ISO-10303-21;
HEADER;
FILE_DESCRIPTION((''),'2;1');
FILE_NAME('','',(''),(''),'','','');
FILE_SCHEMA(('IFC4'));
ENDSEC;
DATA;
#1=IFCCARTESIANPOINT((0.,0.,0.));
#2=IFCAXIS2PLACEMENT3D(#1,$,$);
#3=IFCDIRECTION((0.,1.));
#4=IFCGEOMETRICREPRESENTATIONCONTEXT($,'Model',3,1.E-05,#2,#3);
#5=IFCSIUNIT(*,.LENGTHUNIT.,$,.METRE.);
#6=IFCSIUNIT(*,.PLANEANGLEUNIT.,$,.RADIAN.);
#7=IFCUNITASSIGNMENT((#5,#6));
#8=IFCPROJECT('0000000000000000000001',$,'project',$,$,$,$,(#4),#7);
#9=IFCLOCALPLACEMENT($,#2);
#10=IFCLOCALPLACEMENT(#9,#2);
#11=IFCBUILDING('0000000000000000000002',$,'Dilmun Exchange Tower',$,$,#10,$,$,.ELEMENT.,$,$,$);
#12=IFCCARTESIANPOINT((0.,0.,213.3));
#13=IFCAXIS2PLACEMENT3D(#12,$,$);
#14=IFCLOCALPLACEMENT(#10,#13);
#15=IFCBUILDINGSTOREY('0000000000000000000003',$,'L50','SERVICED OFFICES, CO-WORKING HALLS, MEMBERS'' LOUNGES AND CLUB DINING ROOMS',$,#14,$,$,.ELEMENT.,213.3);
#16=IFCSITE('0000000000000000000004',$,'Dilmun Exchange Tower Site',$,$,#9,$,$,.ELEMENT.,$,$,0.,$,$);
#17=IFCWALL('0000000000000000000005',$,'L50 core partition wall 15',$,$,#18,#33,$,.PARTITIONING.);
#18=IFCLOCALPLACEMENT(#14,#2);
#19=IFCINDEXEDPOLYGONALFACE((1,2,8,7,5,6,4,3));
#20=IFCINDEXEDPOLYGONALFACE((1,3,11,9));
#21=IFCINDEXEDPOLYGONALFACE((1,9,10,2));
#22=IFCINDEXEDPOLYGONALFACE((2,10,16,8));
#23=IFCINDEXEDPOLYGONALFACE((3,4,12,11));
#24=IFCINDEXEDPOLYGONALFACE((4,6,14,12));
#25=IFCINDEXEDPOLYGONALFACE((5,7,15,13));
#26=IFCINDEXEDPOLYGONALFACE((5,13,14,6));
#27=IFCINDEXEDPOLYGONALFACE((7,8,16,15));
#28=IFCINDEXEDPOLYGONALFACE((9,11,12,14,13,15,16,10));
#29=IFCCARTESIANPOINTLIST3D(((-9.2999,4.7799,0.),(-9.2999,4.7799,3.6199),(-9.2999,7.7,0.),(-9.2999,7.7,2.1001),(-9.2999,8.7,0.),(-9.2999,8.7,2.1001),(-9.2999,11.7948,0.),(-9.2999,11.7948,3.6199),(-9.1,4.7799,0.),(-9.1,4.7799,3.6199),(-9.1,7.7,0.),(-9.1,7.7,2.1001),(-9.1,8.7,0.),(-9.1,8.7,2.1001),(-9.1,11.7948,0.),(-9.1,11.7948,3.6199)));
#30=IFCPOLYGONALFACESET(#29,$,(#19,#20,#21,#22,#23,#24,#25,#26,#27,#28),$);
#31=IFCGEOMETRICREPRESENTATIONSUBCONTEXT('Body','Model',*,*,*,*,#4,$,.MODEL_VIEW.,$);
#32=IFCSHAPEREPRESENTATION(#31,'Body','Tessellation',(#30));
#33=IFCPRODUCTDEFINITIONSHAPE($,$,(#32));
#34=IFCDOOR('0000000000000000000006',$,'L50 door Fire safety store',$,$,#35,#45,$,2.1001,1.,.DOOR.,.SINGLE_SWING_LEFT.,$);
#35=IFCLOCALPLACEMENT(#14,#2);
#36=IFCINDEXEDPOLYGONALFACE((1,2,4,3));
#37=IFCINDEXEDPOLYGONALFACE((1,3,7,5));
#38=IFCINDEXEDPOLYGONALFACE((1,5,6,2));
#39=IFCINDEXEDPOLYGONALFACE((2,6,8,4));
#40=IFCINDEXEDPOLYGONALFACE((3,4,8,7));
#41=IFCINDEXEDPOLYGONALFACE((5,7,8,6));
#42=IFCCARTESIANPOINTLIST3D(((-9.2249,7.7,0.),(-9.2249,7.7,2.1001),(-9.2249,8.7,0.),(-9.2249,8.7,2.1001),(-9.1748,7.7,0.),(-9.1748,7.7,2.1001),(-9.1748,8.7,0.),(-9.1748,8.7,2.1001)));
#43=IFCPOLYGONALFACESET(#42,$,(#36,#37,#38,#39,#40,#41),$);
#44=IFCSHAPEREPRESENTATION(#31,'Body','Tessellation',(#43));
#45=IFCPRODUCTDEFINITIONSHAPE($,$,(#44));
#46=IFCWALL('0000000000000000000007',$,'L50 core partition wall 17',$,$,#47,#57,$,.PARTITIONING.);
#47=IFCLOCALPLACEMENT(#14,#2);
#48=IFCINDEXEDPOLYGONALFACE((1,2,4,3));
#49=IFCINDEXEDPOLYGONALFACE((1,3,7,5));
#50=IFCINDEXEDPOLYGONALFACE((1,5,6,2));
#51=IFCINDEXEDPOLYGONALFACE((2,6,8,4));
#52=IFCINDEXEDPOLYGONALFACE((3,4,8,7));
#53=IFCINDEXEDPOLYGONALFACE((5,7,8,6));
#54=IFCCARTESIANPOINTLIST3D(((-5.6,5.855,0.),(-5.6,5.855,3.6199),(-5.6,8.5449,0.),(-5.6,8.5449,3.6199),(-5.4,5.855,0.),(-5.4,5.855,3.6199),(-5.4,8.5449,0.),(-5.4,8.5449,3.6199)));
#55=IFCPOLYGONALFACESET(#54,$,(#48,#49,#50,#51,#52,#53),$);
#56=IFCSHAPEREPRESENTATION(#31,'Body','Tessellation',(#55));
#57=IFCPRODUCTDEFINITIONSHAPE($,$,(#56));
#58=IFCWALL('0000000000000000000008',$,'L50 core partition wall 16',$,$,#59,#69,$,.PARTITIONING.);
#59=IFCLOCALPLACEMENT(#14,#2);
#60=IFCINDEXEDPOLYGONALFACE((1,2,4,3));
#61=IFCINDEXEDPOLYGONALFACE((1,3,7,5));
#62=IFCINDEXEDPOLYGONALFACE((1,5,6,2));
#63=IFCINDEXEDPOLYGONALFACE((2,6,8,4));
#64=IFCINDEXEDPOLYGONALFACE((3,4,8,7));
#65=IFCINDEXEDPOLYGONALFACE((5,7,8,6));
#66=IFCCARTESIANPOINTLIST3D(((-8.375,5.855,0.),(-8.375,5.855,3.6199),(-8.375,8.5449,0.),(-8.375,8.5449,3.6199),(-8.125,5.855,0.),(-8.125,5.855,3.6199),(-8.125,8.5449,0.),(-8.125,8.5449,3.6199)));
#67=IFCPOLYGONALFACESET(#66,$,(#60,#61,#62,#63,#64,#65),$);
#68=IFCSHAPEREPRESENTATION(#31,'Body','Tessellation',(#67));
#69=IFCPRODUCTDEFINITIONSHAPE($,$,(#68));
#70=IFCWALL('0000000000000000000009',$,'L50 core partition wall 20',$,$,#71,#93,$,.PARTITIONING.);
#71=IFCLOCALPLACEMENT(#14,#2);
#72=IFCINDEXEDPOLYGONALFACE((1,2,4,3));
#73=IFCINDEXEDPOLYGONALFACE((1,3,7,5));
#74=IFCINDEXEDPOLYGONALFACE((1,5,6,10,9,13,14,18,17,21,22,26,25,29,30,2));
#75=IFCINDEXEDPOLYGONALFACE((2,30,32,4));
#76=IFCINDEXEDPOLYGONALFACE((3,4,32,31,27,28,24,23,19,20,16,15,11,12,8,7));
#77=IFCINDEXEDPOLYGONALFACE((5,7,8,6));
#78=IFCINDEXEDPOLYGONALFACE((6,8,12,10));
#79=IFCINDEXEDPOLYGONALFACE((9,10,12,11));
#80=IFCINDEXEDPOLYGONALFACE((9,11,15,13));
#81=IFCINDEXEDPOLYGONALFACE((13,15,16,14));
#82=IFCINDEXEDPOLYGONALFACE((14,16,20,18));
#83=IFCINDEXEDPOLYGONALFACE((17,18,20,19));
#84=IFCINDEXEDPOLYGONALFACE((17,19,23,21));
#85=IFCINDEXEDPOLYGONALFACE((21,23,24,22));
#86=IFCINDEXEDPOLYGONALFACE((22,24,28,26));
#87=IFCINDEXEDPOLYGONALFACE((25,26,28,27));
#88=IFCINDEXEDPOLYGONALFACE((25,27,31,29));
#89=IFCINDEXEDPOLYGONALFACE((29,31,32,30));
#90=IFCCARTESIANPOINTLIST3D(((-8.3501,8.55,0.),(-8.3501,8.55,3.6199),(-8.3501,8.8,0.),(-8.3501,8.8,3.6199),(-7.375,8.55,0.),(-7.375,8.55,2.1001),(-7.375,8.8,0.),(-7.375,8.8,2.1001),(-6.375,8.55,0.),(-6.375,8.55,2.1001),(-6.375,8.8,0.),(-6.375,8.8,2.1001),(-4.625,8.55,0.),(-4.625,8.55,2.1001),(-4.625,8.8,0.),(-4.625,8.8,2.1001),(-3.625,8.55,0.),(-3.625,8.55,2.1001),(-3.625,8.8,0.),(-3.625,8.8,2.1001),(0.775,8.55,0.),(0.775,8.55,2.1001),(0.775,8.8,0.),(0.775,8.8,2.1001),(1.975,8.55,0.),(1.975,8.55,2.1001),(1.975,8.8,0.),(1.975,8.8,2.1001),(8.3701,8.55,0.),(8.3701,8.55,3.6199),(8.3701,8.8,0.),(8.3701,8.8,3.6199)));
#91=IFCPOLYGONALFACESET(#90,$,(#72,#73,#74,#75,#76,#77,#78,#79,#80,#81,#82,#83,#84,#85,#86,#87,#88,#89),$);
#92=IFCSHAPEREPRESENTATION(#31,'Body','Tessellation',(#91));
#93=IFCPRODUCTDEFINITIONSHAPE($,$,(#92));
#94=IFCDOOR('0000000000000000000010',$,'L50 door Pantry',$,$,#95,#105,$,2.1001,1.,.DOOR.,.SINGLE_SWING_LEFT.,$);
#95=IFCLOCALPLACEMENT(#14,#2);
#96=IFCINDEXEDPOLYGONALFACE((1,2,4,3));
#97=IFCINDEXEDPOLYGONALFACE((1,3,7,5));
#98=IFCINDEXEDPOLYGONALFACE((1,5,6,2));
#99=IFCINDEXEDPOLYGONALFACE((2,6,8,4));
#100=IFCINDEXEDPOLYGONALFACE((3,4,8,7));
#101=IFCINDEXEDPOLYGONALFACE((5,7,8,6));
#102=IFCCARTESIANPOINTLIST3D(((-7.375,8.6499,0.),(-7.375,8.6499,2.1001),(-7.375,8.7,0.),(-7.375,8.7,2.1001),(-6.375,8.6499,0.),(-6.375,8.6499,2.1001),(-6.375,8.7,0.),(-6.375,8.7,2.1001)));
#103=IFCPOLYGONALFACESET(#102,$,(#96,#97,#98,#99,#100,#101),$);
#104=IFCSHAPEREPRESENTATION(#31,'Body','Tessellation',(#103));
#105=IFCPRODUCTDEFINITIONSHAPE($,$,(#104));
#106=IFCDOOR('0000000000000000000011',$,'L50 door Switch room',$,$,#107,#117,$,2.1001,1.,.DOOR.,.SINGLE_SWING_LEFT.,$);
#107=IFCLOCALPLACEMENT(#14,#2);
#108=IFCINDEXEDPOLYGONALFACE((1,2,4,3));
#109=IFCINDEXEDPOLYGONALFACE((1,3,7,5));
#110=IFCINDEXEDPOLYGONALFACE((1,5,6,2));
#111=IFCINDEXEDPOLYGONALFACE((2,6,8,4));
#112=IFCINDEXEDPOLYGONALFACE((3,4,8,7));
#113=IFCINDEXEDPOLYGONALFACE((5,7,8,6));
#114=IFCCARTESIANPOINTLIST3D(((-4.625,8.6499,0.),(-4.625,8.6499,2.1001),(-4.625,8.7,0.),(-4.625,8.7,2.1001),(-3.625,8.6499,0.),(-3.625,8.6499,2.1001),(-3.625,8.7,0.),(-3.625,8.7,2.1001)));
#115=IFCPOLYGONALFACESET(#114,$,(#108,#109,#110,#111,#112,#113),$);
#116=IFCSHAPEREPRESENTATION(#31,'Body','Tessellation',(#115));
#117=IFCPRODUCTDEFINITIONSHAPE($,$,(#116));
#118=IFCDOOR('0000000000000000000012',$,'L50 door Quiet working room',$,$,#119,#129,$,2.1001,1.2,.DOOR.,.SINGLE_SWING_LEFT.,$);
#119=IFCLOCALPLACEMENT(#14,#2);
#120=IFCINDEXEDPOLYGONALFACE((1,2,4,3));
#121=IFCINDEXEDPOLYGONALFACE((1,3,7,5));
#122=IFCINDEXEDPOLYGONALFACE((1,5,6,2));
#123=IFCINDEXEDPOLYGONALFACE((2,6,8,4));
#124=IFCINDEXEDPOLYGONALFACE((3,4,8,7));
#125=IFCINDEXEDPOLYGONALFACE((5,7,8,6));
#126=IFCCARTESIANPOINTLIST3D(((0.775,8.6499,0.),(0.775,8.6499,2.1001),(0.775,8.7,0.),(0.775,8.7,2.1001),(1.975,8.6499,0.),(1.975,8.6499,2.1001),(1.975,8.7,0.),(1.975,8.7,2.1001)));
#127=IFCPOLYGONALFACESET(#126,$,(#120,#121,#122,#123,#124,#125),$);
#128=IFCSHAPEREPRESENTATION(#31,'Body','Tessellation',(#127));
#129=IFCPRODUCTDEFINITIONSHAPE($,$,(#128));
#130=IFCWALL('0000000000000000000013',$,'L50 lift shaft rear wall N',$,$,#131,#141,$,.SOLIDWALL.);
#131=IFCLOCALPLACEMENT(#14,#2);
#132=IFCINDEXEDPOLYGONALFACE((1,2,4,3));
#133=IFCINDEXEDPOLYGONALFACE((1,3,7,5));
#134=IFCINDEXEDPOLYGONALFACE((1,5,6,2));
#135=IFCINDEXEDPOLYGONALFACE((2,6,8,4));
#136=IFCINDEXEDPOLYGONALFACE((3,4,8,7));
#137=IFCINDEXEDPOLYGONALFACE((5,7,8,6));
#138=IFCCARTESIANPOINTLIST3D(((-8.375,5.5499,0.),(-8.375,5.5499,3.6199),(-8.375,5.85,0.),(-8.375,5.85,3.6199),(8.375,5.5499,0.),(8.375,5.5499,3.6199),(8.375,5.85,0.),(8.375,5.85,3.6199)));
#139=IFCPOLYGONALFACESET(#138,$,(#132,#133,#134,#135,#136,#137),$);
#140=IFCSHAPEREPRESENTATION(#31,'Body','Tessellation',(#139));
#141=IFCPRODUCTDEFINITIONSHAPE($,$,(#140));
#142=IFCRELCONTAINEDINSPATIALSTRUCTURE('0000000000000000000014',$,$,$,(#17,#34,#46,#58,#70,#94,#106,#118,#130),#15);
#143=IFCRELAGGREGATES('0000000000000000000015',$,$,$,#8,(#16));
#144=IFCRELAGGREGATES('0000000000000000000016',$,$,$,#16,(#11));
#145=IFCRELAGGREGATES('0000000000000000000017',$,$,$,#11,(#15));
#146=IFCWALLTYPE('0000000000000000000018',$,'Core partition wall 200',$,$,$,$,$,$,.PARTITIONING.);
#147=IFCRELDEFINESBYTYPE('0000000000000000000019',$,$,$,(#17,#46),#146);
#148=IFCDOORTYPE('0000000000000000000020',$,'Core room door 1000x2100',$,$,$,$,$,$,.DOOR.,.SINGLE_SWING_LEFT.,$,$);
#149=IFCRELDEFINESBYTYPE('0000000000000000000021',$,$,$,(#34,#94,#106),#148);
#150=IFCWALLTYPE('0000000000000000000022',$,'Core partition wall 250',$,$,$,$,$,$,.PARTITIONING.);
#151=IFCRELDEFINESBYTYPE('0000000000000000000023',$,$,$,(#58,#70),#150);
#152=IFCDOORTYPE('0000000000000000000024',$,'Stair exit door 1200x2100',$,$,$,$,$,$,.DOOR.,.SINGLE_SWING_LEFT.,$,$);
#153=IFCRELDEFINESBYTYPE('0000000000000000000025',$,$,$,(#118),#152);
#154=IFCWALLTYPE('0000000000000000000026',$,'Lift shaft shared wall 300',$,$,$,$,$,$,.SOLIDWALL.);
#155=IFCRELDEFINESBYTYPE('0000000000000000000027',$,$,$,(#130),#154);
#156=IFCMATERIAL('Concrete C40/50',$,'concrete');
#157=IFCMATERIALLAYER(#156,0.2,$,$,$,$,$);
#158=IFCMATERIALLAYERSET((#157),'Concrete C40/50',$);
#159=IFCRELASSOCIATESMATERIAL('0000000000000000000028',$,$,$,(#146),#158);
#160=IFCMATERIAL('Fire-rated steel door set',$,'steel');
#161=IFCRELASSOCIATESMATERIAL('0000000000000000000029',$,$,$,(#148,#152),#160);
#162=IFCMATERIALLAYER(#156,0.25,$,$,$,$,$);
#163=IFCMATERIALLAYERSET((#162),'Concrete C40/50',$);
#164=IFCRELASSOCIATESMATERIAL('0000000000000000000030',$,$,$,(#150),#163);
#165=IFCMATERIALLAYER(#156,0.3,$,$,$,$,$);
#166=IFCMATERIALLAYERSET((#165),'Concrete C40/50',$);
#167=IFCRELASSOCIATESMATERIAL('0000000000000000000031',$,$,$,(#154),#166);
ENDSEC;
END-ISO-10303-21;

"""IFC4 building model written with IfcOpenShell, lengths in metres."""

from ifc_helpers import new_model, si_unit, direction, frame, frame_2d, origin, place, context, subcontext, project, spatial, rectangle, extrude, material, layer, layer_set, type_object, element, fill, save


model = new_model("IFC4")

# Units and contexts
model_context = context("Model", 3, precision=1e-05, world=origin(), true_north=direction((0.0, 1.0)))
body_context = subcontext(model_context, "Body", "Model", "MODEL_VIEW")
ifc_project = project(units=[si_unit("LENGTHUNIT", "METRE"), si_unit("PLANEANGLEUNIT", "RADIAN")], contexts=[model_context])

# Site, building, storey
site_placement = place(None, origin())
site = spatial("IfcSite", under=ifc_project, at=site_placement, Name="Dilmun Exchange Tower Site", CompositionType="ELEMENT", RefElevation=0.0)
building_placement = place(site_placement, origin())
building = spatial("IfcBuilding", under=site, at=building_placement, Name="Dilmun Exchange Tower", CompositionType="ELEMENT")
storey_placement = place(building_placement, frame((0.0, 0.0, 213.3)))
storey = spatial("IfcBuildingStorey", under=building, at=storey_placement, Name="L50", Description="SERVICED OFFICES, CO-WORKING HALLS, MEMBERS' LOUNGES AND CLUB DINING ROOMS", CompositionType="ELEMENT", Elevation=213.3)

# Wall, opening, door
ifc_material_1 = material(Name="Concrete C40/50", Category="concrete")
ifc_layer_1 = layer(ifc_material_1, 0.2)
ifc_layer_set_1 = layer_set([ifc_layer_1], Name="Concrete C40/50")
wall_type_1 = type_object("IfcWallType", Name="Core partition wall 200", PredefinedType="PARTITIONING", material=ifc_layer_set_1)
wall_1_placement = place(storey_placement, frame((-9.2, 4.78, 0.0), z_axis=(0.0, 0.0, 1.0), x_axis=(0.0, 1.0, 0.0)))
wall_1 = element("IfcWall", 1, at=wall_1_placement, inside=storey, type_object=wall_type_1, Name="L50 core partition wall 15", PredefinedType="PARTITIONING", context=body_context, shape_type="SweptSolid", body=[
    extrude(rectangle(XDim=7.0149, YDim=0.2, at=frame_2d((3.5073, 0.0))), origin(), (0.0, 0.0, 1.0), 3.6199),
])
opening_1_placement = place(wall_1_placement, frame((2.9199, 0.0, 0.0)))
opening_1 = element("IfcOpeningElement", 2, at=opening_1_placement, cuts=wall_1, PredefinedType="OPENING", context=body_context, shape_type="SweptSolid", body=[
    extrude(rectangle(XDim=1.0, YDim=2.1001, at=frame_2d((0.5, 1.05))), frame((0.0, 0.1099, 0.0), z_axis=(0.0, -1.0, 0.0), x_axis=(1.0, 0.0, 0.0)), (0.0, 0.0, 1.0), 0.22),
])
ifc_material_2 = material(Name="Fire-rated steel door set", Category="steel")
door_type_1 = type_object("IfcDoorType", Name="Core room door 1000x2100", OperationType="SINGLE_SWING_LEFT", PredefinedType="DOOR", material=ifc_material_2)
door_1_placement = place(opening_1_placement, origin())
door_1 = element("IfcDoor", 3, at=door_1_placement, inside=storey, type_object=door_type_1, Name="L50 door Fire safety store", OperationType="SINGLE_SWING_LEFT", OverallHeight=2.1001, OverallWidth=1.0, PredefinedType="DOOR", context=body_context, shape_type="SweptSolid", body=[
    extrude(rectangle(XDim=1.0, YDim=2.1001, at=frame_2d((0.5, 1.05))), frame((0.0, 0.0249, 0.0), z_axis=(0.0, -1.0, 0.0), x_axis=(1.0, 0.0, 0.0)), (0.0, 0.0, 1.0), 0.05),
])
fill(opening_1, door_1)

# Walls
wall_2_placement = place(storey_placement, frame((-5.5, 5.855, 0.0), z_axis=(0.0, 0.0, 1.0), x_axis=(0.0, 1.0, 0.0)))
element("IfcWall", 4, at=wall_2_placement, inside=storey, type_object=wall_type_1, Name="L50 core partition wall 17", PredefinedType="PARTITIONING", context=body_context, shape_type="SweptSolid", body=[
    extrude(rectangle(XDim=2.6899, YDim=0.2, at=frame_2d((1.345, 0.0))), origin(), (0.0, 0.0, 1.0), 3.6199),
])
ifc_layer_2 = layer(ifc_material_1, 0.25)
ifc_layer_set_2 = layer_set([ifc_layer_2], Name="Concrete C40/50")
wall_type_2 = type_object("IfcWallType", Name="Core partition wall 250", PredefinedType="PARTITIONING", material=ifc_layer_set_2)
wall_3_placement = place(storey_placement, frame((-8.25, 5.855, 0.0), z_axis=(0.0, 0.0, 1.0), x_axis=(0.0, 1.0, 0.0)))
element("IfcWall", 5, at=wall_3_placement, inside=storey, type_object=wall_type_2, Name="L50 core partition wall 16", PredefinedType="PARTITIONING", context=body_context, shape_type="SweptSolid", body=[
    extrude(rectangle(XDim=2.6899, YDim=0.25, at=frame_2d((1.345, 0.0))), origin(), (0.0, 0.0, 1.0), 3.6199),
])

# Wall, openings, doors
wall_4_placement = place(storey_placement, frame((-8.3501, 8.675, 0.0), z_axis=(0.0, 0.0, 1.0), x_axis=(1.0, 0.0, 0.0)))
wall_4 = element("IfcWall", 6, at=wall_4_placement, inside=storey, type_object=wall_type_2, Name="L50 core partition wall 20", PredefinedType="PARTITIONING", context=body_context, shape_type="SweptSolid", body=[
    extrude(rectangle(XDim=16.7202, YDim=0.25, at=frame_2d((8.3601, 0.0))), origin(), (0.0, 0.0, 1.0), 3.6199),
])
opening_2_placement = place(wall_4_placement, frame((0.9751, 0.0, 0.0)))
opening_2 = element("IfcOpeningElement", 7, at=opening_2_placement, cuts=wall_4, PredefinedType="OPENING", context=body_context, shape_type="SweptSolid", body=[
    extrude(rectangle(XDim=1.0, YDim=2.1001, at=frame_2d((0.5, 1.05))), frame((0.0, 0.135, 0.0), z_axis=(0.0, -1.0, 0.0), x_axis=(1.0, 0.0, 0.0)), (0.0, 0.0, 1.0), 0.27),
])
opening_3_placement = place(wall_4_placement, frame((3.7251, 0.0, 0.0)))
opening_3 = element("IfcOpeningElement", 8, at=opening_3_placement, cuts=wall_4, PredefinedType="OPENING", context=body_context, shape_type="SweptSolid", body=[
    extrude(rectangle(XDim=1.0, YDim=2.1001, at=frame_2d((0.5, 1.05))), frame((0.0, 0.135, 0.0), z_axis=(0.0, -1.0, 0.0), x_axis=(1.0, 0.0, 0.0)), (0.0, 0.0, 1.0), 0.27),
])
opening_4_placement = place(wall_4_placement, frame((9.125, 0.0, 0.0)))
opening_4 = element("IfcOpeningElement", 9, at=opening_4_placement, cuts=wall_4, PredefinedType="OPENING", context=body_context, shape_type="SweptSolid", body=[
    extrude(rectangle(XDim=1.2, YDim=2.1001, at=frame_2d((0.6001, 1.05))), frame((0.0, 0.135, 0.0), z_axis=(0.0, -1.0, 0.0), x_axis=(1.0, 0.0, 0.0)), (0.0, 0.0, 1.0), 0.27),
])
door_2_placement = place(opening_2_placement, origin())
door_2 = element("IfcDoor", 10, at=door_2_placement, inside=storey, type_object=door_type_1, Name="L50 door Pantry", OperationType="SINGLE_SWING_LEFT", OverallHeight=2.1001, OverallWidth=1.0, PredefinedType="DOOR", context=body_context, shape_type="SweptSolid", body=[
    extrude(rectangle(XDim=1.0, YDim=2.1001, at=frame_2d((0.5, 1.05))), frame((0.0, 0.0249, 0.0), z_axis=(0.0, -1.0, 0.0), x_axis=(1.0, 0.0, 0.0)), (0.0, 0.0, 1.0), 0.05),
])
fill(opening_2, door_2)
door_3_placement = place(opening_3_placement, origin())
door_3 = element("IfcDoor", 11, at=door_3_placement, inside=storey, type_object=door_type_1, Name="L50 door Switch room", OperationType="SINGLE_SWING_LEFT", OverallHeight=2.1001, OverallWidth=1.0, PredefinedType="DOOR", context=body_context, shape_type="SweptSolid", body=[
    extrude(rectangle(XDim=1.0, YDim=2.1001, at=frame_2d((0.5, 1.05))), frame((0.0, 0.0249, 0.0), z_axis=(0.0, -1.0, 0.0), x_axis=(1.0, 0.0, 0.0)), (0.0, 0.0, 1.0), 0.05),
])
fill(opening_3, door_3)
door_type_2 = type_object("IfcDoorType", Name="Stair exit door 1200x2100", OperationType="SINGLE_SWING_LEFT", PredefinedType="DOOR", material=ifc_material_2)
door_4_placement = place(opening_4_placement, origin())
door_4 = element("IfcDoor", 12, at=door_4_placement, inside=storey, type_object=door_type_2, Name="L50 door Quiet working room", OperationType="SINGLE_SWING_LEFT", OverallHeight=2.1001, OverallWidth=1.2, PredefinedType="DOOR", context=body_context, shape_type="SweptSolid", body=[
    extrude(rectangle(XDim=1.2, YDim=2.1001, at=frame_2d((0.6001, 1.05))), frame((0.0, 0.0249, 0.0), z_axis=(0.0, -1.0, 0.0), x_axis=(1.0, 0.0, 0.0)), (0.0, 0.0, 1.0), 0.05),
])
fill(opening_4, door_4)

# Wall
ifc_layer_3 = layer(ifc_material_1, 0.3)
ifc_layer_set_3 = layer_set([ifc_layer_3], Name="Concrete C40/50")
wall_type_3 = type_object("IfcWallType", Name="Lift shaft shared wall 300", PredefinedType="SOLIDWALL", material=ifc_layer_set_3)
wall_5_placement = place(storey_placement, frame((-8.375, 5.7, 0.0), z_axis=(0.0, 0.0, 1.0), x_axis=(1.0, 0.0, 0.0)))
element("IfcWall", 13, at=wall_5_placement, inside=storey, type_object=wall_type_3, Name="L50 lift shaft rear wall N", PredefinedType="SOLIDWALL", context=body_context, shape_type="SweptSolid", body=[
    extrude(rectangle(XDim=16.75, YDim=0.3, at=frame_2d((8.375, 0.0))), origin(), (0.0, 0.0, 1.0), 3.6199),
])

save(model, "model.ifc")
